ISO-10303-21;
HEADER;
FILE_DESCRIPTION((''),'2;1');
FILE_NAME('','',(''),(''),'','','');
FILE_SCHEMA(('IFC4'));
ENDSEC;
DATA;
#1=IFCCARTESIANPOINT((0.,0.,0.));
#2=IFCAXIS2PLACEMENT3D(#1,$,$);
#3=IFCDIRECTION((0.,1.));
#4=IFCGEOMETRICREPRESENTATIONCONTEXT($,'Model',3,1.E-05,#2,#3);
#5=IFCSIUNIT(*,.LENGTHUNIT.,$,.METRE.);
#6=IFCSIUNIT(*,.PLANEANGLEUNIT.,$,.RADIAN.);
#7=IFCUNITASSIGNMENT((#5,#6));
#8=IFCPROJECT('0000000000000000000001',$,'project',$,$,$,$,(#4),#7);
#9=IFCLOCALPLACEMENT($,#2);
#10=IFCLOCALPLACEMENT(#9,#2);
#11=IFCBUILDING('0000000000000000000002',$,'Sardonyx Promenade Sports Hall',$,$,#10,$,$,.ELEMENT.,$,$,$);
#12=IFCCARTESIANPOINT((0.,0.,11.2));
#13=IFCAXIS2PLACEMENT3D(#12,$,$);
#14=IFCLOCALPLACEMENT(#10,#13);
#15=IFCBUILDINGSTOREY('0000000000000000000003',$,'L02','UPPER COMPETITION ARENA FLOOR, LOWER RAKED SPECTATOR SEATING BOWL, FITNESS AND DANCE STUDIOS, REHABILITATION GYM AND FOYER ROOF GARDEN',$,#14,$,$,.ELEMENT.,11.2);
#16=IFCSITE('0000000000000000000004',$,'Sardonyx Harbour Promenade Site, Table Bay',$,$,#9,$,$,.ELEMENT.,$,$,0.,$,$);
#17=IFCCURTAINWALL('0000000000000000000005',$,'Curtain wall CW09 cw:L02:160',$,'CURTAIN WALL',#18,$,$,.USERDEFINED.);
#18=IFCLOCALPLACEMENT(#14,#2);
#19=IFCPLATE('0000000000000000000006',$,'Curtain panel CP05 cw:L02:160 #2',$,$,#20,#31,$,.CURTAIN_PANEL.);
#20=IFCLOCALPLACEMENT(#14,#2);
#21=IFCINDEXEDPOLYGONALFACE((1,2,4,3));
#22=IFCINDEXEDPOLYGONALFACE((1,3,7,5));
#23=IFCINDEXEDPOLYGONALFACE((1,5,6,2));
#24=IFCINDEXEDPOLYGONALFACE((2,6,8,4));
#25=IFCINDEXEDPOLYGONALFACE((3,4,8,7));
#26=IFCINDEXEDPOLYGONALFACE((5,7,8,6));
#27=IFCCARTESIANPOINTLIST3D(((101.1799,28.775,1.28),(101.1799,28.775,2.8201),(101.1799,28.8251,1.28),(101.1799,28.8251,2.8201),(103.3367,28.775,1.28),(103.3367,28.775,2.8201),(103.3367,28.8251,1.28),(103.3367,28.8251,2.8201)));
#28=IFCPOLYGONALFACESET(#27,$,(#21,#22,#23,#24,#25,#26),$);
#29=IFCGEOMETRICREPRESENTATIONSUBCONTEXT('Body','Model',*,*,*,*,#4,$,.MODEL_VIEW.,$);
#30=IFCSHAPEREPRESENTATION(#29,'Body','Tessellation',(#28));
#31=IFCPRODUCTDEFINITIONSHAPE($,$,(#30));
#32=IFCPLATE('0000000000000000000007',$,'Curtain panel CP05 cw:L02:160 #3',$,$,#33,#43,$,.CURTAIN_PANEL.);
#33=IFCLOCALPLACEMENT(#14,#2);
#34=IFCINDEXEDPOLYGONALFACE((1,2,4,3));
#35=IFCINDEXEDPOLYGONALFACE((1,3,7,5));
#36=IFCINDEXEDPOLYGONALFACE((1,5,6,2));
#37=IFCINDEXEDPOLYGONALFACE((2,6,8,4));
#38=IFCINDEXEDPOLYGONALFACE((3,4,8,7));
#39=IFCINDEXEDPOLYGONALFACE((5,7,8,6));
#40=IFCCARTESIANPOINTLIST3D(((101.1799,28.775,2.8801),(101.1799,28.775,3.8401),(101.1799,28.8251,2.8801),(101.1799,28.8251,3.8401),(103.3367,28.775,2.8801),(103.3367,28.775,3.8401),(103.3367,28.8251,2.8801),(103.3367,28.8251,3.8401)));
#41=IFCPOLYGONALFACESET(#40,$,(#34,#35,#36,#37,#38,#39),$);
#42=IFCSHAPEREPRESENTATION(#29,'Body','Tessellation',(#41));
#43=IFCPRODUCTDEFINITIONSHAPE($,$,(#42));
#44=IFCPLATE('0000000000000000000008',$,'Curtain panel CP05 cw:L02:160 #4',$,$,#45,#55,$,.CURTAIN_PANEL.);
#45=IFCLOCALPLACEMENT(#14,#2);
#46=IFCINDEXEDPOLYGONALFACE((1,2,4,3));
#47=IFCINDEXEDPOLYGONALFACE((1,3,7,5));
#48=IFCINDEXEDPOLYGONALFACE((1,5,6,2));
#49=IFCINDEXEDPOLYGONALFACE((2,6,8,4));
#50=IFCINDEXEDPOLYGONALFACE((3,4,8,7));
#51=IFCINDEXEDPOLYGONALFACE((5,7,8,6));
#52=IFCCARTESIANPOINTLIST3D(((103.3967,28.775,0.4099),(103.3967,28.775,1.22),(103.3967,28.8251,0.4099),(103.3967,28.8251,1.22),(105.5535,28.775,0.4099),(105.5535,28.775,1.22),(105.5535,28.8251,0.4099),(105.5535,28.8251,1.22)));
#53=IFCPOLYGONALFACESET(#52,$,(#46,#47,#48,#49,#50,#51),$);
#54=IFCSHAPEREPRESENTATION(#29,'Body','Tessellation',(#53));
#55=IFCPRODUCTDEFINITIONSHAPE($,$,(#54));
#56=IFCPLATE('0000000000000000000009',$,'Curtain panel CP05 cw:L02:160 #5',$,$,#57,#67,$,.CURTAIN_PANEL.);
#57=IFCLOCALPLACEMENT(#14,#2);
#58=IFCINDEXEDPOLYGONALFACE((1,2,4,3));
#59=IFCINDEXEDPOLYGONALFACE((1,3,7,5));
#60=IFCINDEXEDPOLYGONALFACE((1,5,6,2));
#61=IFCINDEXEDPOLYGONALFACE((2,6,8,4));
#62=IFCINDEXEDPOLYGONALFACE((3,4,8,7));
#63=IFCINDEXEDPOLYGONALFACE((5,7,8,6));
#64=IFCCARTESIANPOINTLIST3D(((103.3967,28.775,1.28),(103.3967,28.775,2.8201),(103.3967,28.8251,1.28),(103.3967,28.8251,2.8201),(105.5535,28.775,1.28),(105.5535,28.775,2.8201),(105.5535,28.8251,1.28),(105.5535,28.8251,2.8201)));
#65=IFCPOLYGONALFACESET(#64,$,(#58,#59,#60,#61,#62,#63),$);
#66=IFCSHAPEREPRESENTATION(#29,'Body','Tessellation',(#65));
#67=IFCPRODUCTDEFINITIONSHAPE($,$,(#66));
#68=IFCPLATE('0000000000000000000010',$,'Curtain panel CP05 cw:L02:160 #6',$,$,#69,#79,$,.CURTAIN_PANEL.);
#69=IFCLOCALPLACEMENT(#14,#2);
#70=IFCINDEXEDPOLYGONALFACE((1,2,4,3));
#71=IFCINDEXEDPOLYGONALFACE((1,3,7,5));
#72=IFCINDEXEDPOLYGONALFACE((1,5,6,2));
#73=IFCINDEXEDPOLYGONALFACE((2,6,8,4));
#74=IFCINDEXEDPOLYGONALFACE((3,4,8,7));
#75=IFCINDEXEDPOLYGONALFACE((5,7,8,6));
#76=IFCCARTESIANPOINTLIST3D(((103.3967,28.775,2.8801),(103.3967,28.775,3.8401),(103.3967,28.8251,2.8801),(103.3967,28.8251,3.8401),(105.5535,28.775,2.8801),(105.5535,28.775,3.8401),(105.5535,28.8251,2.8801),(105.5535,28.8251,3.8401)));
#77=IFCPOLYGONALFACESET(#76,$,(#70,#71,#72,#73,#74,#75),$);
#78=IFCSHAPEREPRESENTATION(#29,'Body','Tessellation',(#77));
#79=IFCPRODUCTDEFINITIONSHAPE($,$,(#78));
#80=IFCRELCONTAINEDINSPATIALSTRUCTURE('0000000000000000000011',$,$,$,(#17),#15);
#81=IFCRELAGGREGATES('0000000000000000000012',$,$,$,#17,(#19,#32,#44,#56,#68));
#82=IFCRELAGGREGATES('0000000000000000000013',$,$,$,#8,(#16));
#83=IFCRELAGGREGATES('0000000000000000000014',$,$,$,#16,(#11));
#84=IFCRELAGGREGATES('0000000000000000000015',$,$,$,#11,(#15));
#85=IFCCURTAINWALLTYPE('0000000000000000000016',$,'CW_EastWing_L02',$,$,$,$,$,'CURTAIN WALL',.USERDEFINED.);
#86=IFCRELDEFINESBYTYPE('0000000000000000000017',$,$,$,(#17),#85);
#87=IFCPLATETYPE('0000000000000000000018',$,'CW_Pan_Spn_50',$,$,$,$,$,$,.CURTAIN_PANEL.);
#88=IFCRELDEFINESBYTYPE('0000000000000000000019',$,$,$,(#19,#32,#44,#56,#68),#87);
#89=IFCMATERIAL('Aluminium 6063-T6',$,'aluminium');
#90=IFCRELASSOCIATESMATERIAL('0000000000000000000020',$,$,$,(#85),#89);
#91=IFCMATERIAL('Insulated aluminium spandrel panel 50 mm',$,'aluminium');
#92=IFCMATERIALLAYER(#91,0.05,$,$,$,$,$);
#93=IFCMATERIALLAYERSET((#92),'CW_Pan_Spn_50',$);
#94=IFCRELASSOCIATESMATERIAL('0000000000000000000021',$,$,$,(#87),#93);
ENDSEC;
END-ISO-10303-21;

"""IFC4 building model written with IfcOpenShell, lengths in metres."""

from ifc_helpers import new_model, si_unit, direction, frame, origin, origin_2d, place, context, subcontext, project, spatial, rectangle, extrude, material, layer, layer_set, type_object, element, aggregate, save


model = new_model("IFC4")

# Units and contexts
model_context = context("Model", 3, precision=1e-05, world=origin(), true_north=direction((0.0, 1.0)))
body_context = subcontext(model_context, "Body", "Model", "MODEL_VIEW")
ifc_project = project(units=[si_unit("LENGTHUNIT", "METRE"), si_unit("PLANEANGLEUNIT", "RADIAN")], contexts=[model_context])

# Site, building, storey
site_placement = place(None, origin())
site = spatial("IfcSite", under=ifc_project, at=site_placement, Name="Sardonyx Harbour Promenade Site, Table Bay", CompositionType="ELEMENT", RefElevation=0.0)
building_placement = place(site_placement, origin())
building = spatial("IfcBuilding", under=site, at=building_placement, Name="Sardonyx Promenade Sports Hall", CompositionType="ELEMENT")
storey_placement = place(building_placement, frame((0.0, 0.0, 11.2)))
storey = spatial("IfcBuildingStorey", under=building, at=storey_placement, Name="L02", Description="UPPER COMPETITION ARENA FLOOR, LOWER RAKED SPECTATOR SEATING BOWL, FITNESS AND DANCE STUDIOS, REHABILITATION GYM AND FOYER ROOF GARDEN", CompositionType="ELEMENT", Elevation=11.2)

# Curtain wall, plates
ifc_material_1 = material(Name="Aluminium 6063-T6", Category="aluminium")
curtain_wall_type = type_object("IfcCurtainWallType", Name="CW_EastWing_L02", ElementType="CURTAIN WALL", PredefinedType="USERDEFINED", material=ifc_material_1)
curtain_wall_placement = place(storey_placement, origin())
curtain_wall = element("IfcCurtainWall", 1, at=curtain_wall_placement, inside=storey, type_object=curtain_wall_type, Name="Curtain wall CW09 cw:L02:160", ObjectType="CURTAIN WALL", PredefinedType="USERDEFINED")
ifc_material_2 = material(Name="Insulated aluminium spandrel panel 50 mm", Category="aluminium")
ifc_layer = layer(ifc_material_2, 0.05)
ifc_layer_set = layer_set([ifc_layer], Name="CW_Pan_Spn_50")
plate_type = type_object("IfcPlateType", Name="CW_Pan_Spn_50", PredefinedType="CURTAIN_PANEL", material=ifc_layer_set)
plate_1_placement = place(storey_placement, frame((102.2583, 28.8, 1.28), z_axis=(0.0, 0.0, 1.0), x_axis=(1.0, 0.0, 0.0)))
plate_1 = element("IfcPlate", 2, at=plate_1_placement, type_object=plate_type, Name="Curtain panel CP05 cw:L02:160 #2", PredefinedType="CURTAIN_PANEL", context=body_context, shape_type="SweptSolid", body=[
    extrude(rectangle(XDim=2.1567, YDim=0.05, at=origin_2d()), origin(), (0.0, 0.0, 1.0), 1.54),
])
plate_2_placement = place(storey_placement, frame((102.2583, 28.8, 2.8801), z_axis=(0.0, 0.0, 1.0), x_axis=(1.0, 0.0, 0.0)))
plate_2 = element("IfcPlate", 3, at=plate_2_placement, type_object=plate_type, Name="Curtain panel CP05 cw:L02:160 #3", PredefinedType="CURTAIN_PANEL", context=body_context, shape_type="SweptSolid", body=[
    extrude(rectangle(XDim=2.1567, YDim=0.05, at=origin_2d()), origin(), (0.0, 0.0, 1.0), 0.96),
])
plate_3_placement = place(storey_placement, frame((104.4751, 28.8, 0.4099), z_axis=(0.0, 0.0, 1.0), x_axis=(1.0, 0.0, 0.0)))
plate_3 = element("IfcPlate", 4, at=plate_3_placement, type_object=plate_type, Name="Curtain panel CP05 cw:L02:160 #4", PredefinedType="CURTAIN_PANEL", context=body_context, shape_type="SweptSolid", body=[
    extrude(rectangle(XDim=2.1567, YDim=0.05, at=origin_2d()), origin(), (0.0, 0.0, 1.0), 0.8101),
])
plate_4_placement = place(storey_placement, frame((104.4751, 28.8, 1.28), z_axis=(0.0, 0.0, 1.0), x_axis=(1.0, 0.0, 0.0)))
plate_4 = element("IfcPlate", 5, at=plate_4_placement, type_object=plate_type, Name="Curtain panel CP05 cw:L02:160 #5", PredefinedType="CURTAIN_PANEL", context=body_context, shape_type="SweptSolid", body=[
    extrude(rectangle(XDim=2.1567, YDim=0.05, at=origin_2d()), origin(), (0.0, 0.0, 1.0), 1.54),
])
plate_5_placement = place(storey_placement, frame((104.4751, 28.8, 2.8801), z_axis=(0.0, 0.0, 1.0), x_axis=(1.0, 0.0, 0.0)))
plate_5 = element("IfcPlate", 6, at=plate_5_placement, type_object=plate_type, Name="Curtain panel CP05 cw:L02:160 #6", PredefinedType="CURTAIN_PANEL", context=body_context, shape_type="SweptSolid", body=[
    extrude(rectangle(XDim=2.1567, YDim=0.05, at=origin_2d()), origin(), (0.0, 0.0, 1.0), 0.96),
])
aggregate(curtain_wall, [plate_1, plate_2, plate_3, plate_4, plate_5])

save(model, "model.ifc")
